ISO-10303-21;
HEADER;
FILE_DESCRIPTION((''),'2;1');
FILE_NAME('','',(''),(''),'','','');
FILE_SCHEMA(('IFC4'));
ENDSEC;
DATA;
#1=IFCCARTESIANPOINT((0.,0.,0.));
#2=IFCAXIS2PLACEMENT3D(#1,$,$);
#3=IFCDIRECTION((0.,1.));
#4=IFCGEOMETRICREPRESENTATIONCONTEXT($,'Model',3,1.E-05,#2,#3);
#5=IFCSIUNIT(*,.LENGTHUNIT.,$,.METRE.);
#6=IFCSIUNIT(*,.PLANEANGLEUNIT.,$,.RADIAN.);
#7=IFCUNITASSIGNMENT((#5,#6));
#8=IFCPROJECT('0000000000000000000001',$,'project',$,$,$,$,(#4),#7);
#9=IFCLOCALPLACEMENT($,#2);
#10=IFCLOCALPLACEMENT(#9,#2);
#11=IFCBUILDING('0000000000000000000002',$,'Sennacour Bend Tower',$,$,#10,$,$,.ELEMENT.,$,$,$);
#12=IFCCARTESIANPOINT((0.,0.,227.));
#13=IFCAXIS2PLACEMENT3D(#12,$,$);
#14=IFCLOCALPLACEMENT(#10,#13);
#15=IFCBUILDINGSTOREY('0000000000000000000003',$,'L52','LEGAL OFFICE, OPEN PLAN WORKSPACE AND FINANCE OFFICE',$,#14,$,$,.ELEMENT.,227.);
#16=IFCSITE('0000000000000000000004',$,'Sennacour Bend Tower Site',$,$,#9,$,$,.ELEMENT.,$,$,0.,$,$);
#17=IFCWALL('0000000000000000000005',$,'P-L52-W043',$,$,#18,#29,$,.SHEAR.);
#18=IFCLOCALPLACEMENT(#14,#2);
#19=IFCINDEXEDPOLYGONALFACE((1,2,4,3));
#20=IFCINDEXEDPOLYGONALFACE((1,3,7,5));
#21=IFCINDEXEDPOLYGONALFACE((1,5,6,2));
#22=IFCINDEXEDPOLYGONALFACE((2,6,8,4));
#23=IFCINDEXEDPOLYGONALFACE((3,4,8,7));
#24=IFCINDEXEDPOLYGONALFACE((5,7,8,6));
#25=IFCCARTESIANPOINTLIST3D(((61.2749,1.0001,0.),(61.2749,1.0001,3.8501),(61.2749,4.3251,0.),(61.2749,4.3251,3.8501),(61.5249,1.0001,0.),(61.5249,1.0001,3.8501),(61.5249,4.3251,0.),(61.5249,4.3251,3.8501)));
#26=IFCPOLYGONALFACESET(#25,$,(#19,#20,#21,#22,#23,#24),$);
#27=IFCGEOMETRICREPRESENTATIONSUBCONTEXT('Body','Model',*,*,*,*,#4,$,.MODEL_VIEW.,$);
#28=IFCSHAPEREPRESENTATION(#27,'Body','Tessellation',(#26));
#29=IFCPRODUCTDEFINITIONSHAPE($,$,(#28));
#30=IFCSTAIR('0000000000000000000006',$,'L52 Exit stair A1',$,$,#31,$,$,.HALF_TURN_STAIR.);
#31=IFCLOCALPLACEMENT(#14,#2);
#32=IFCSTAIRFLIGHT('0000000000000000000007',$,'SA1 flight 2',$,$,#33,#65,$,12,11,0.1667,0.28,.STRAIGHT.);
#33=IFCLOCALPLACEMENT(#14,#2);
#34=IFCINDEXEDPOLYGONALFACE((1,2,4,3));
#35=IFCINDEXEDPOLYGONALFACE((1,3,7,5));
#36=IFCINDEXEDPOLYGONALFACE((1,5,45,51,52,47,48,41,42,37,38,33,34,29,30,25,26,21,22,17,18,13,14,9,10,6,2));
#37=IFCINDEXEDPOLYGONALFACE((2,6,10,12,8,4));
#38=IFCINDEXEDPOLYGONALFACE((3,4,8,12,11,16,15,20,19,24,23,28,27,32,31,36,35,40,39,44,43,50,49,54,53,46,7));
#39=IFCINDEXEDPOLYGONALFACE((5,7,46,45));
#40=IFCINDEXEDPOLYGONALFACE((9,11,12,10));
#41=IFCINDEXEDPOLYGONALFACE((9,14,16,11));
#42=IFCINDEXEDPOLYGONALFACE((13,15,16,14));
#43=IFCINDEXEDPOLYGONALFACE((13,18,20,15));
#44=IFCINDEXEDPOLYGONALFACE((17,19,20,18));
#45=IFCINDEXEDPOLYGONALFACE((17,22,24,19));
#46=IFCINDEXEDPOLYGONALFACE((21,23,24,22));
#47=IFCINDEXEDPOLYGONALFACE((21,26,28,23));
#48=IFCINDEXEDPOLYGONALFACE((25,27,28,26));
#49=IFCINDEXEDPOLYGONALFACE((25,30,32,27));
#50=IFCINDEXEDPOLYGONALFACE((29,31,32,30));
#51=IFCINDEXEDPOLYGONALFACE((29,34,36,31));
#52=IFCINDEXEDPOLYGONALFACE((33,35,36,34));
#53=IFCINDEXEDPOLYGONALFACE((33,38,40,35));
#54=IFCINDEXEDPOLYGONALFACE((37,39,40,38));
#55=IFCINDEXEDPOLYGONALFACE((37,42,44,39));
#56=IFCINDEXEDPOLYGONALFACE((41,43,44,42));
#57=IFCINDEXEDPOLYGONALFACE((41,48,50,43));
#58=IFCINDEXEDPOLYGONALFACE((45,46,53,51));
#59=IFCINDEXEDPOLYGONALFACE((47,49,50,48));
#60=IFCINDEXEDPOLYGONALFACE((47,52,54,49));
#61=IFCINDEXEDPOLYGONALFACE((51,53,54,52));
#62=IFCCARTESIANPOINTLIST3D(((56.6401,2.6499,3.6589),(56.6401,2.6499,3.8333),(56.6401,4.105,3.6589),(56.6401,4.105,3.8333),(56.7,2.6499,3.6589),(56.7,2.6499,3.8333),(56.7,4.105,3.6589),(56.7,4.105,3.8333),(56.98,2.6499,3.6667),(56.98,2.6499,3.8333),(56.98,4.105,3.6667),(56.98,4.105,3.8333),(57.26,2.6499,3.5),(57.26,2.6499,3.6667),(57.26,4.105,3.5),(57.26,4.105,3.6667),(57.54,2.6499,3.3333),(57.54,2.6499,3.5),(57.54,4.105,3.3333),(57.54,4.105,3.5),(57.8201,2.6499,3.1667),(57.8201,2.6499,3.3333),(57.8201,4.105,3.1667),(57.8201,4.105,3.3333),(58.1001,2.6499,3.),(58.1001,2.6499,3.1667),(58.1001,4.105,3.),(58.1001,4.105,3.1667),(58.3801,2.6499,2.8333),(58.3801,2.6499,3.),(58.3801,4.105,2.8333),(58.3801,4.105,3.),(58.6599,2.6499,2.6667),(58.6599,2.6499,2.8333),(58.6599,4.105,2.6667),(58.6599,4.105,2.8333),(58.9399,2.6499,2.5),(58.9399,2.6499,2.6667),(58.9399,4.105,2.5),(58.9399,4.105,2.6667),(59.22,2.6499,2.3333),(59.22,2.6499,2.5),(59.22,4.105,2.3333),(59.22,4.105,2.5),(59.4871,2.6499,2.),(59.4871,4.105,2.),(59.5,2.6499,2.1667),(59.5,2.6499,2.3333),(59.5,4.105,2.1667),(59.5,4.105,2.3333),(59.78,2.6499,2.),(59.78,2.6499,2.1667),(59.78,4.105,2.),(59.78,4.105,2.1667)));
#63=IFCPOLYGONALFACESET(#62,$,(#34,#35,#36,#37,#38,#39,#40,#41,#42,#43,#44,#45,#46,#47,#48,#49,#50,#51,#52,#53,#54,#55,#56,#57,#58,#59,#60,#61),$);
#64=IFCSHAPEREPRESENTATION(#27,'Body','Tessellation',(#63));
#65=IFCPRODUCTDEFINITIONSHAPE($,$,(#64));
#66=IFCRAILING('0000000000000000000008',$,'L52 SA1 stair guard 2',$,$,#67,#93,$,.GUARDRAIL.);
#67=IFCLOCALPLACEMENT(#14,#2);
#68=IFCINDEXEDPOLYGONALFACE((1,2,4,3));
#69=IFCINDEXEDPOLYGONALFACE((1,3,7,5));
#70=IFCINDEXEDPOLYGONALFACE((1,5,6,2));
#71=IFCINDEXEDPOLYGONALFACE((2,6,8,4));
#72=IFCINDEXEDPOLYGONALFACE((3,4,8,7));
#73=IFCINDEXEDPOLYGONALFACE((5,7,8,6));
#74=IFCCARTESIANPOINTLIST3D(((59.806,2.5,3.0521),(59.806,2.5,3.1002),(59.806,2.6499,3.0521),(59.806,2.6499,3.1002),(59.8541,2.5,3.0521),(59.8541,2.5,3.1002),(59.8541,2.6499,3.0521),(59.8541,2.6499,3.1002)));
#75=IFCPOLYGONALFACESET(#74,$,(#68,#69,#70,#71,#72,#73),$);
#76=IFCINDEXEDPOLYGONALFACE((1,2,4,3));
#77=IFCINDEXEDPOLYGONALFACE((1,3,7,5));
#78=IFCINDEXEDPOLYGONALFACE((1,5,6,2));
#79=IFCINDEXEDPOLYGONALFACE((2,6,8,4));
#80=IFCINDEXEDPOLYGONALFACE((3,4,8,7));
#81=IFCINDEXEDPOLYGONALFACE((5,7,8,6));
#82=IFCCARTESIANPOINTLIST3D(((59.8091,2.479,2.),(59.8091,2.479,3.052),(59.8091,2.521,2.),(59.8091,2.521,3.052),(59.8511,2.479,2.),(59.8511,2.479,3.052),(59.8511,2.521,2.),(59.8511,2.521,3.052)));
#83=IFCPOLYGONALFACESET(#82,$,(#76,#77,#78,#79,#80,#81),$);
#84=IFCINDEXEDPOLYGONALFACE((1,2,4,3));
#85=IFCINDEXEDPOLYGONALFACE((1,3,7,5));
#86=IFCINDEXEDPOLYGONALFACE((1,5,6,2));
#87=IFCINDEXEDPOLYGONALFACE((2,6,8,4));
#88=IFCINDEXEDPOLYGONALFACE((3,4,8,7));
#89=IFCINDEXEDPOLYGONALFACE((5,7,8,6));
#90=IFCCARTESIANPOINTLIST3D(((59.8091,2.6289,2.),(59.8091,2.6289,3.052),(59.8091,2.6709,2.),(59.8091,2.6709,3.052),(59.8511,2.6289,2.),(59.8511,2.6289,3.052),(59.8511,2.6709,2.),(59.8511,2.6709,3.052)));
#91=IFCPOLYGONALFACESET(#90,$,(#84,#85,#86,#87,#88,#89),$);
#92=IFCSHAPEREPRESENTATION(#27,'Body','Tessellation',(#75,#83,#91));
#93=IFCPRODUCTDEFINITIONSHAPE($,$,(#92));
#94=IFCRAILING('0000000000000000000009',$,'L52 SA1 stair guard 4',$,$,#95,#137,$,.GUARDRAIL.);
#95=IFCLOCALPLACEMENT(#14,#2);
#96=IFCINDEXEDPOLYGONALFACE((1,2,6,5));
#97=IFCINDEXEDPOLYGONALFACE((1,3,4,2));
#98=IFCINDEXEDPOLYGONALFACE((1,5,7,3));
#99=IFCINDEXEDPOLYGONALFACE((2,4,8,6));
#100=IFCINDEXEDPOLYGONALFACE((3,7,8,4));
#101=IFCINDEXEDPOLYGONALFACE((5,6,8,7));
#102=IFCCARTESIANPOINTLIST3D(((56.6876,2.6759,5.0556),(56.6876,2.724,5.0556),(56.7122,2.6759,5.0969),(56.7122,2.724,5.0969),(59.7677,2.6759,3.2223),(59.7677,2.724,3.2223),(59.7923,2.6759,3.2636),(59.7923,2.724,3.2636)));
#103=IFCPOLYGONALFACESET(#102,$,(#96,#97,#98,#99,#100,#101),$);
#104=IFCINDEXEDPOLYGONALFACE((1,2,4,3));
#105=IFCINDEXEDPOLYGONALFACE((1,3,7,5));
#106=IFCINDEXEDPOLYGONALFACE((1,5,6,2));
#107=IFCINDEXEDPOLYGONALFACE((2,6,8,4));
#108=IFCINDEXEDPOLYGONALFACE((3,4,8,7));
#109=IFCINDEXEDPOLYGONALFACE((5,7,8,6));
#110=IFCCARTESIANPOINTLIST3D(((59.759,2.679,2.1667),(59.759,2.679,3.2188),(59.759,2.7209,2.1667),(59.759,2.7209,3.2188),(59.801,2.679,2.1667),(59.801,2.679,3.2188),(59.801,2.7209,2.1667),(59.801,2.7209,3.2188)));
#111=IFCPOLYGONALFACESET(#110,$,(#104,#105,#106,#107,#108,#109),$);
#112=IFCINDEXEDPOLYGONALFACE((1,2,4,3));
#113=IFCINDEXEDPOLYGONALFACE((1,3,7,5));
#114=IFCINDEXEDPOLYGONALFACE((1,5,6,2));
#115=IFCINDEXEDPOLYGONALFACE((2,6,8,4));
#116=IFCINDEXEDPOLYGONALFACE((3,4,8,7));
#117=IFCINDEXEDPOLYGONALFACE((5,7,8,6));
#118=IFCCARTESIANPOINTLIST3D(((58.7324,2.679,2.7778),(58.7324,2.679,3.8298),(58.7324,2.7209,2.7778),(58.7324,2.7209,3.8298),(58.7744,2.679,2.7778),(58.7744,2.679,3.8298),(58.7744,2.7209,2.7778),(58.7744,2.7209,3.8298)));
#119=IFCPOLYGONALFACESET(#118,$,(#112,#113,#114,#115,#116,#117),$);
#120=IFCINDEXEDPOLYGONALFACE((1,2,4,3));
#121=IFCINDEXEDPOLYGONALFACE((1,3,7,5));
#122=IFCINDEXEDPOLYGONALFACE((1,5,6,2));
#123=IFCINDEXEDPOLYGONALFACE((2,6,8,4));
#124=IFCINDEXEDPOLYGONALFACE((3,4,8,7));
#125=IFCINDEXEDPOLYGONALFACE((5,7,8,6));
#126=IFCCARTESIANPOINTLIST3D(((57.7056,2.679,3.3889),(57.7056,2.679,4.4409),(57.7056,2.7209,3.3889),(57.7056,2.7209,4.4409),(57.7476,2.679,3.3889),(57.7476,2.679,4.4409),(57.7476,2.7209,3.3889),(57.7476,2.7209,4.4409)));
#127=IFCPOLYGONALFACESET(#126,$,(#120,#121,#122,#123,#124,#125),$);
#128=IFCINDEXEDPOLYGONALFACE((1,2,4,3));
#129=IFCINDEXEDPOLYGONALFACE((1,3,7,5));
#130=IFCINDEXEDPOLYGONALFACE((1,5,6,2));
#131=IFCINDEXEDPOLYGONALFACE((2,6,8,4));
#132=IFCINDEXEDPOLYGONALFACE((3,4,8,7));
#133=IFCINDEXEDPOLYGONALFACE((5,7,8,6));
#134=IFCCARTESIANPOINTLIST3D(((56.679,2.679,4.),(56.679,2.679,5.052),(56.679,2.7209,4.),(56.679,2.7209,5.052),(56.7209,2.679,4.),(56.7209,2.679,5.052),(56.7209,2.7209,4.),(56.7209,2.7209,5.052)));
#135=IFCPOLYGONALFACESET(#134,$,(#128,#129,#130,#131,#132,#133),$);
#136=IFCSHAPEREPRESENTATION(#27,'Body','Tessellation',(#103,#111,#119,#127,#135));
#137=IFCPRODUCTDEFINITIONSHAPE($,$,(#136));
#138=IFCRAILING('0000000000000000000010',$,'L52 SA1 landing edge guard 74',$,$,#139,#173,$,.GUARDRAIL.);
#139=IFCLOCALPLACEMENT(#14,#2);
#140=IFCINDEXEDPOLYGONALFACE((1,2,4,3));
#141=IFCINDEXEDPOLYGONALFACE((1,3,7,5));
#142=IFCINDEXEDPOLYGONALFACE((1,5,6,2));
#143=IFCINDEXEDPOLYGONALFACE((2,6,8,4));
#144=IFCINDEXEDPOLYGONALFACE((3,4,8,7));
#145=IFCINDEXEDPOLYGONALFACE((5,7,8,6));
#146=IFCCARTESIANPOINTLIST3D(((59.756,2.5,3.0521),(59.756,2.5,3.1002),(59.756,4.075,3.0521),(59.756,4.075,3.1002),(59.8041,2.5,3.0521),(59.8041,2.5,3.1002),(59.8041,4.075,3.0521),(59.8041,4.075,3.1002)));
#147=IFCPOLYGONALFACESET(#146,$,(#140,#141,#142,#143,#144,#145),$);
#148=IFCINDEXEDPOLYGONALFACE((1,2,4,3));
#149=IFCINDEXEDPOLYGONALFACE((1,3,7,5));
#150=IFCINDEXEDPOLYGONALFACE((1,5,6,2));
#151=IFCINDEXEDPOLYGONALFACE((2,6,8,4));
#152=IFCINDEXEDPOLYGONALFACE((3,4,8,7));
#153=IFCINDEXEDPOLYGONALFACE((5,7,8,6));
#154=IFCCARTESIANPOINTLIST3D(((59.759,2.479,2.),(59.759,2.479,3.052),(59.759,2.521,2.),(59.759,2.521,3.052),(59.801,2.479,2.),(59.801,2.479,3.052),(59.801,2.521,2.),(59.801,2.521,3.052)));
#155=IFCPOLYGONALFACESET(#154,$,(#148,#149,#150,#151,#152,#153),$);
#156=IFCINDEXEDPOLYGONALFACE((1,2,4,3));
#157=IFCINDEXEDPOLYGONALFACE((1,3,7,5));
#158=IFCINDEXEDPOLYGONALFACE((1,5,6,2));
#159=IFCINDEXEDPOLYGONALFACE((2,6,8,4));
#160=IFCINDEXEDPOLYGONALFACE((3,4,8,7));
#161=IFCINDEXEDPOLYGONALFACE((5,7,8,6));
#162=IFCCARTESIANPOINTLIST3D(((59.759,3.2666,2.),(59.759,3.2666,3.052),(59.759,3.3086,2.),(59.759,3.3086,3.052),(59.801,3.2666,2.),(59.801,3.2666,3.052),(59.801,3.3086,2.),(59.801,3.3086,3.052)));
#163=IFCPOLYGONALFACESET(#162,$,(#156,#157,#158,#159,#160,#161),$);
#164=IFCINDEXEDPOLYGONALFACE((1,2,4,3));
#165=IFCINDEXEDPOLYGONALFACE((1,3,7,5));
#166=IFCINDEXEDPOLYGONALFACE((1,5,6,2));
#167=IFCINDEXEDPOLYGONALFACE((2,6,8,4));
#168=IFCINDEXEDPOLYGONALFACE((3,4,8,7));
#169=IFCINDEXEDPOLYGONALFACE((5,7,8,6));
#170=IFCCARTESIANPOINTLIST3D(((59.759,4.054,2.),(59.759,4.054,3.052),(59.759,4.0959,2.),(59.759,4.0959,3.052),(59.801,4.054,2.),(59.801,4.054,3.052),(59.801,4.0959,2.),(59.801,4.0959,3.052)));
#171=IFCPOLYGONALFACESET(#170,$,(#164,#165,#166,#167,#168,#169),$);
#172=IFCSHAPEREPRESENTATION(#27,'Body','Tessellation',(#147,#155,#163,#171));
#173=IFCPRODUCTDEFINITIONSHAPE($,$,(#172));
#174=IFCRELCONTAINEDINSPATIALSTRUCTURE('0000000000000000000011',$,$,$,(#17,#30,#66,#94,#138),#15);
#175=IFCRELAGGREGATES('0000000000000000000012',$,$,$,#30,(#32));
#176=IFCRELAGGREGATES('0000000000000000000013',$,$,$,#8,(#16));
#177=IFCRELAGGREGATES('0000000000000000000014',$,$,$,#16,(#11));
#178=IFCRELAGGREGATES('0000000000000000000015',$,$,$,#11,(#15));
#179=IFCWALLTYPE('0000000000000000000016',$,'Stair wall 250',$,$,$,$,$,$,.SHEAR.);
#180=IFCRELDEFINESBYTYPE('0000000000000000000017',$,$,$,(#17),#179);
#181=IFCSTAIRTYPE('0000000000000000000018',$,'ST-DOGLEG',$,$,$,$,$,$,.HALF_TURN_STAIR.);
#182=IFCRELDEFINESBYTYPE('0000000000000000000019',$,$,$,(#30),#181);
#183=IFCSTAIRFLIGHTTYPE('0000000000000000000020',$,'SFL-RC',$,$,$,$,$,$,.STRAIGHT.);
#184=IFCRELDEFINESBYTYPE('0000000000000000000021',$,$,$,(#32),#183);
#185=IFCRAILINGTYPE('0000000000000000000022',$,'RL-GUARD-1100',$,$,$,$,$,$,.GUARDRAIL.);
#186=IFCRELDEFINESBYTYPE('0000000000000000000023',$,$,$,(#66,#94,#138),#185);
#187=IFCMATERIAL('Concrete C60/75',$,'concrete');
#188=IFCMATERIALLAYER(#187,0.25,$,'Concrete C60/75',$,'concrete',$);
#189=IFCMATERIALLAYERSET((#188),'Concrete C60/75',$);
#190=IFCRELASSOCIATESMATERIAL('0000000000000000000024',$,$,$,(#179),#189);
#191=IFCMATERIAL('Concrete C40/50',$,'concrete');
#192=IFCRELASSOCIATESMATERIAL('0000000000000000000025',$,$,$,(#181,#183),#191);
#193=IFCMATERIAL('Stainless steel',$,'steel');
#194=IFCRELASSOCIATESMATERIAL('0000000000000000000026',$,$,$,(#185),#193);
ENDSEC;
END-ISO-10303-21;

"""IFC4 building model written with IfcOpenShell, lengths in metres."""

from ifc_helpers import new_model, si_unit, direction, frame, frame_2d, origin, origin_2d, place, context, subcontext, project, spatial, polyline, rectangle, outline, extrude, material, layer, layer_set, type_object, element, aggregate, save


model = new_model("IFC4")

# Units and contexts
model_context = context("Model", 3, precision=1e-05, world=origin(), true_north=direction((0.0, 1.0)))
body_context = subcontext(model_context, "Body", "Model", "MODEL_VIEW")
ifc_project = project(units=[si_unit("LENGTHUNIT", "METRE"), si_unit("PLANEANGLEUNIT", "RADIAN")], contexts=[model_context])

# Site, building, storey
site_placement = place(None, origin())
site = spatial("IfcSite", under=ifc_project, at=site_placement, Name="Sennacour Bend Tower Site", CompositionType="ELEMENT", RefElevation=0.0)
building_placement = place(site_placement, origin())
building = spatial("IfcBuilding", under=site, at=building_placement, Name="Sennacour Bend Tower", CompositionType="ELEMENT")
storey_placement = place(building_placement, frame((0.0, 0.0, 227.0)))
storey = spatial("IfcBuildingStorey", under=building, at=storey_placement, Name="L52", Description="LEGAL OFFICE, OPEN PLAN WORKSPACE AND FINANCE OFFICE", CompositionType="ELEMENT", Elevation=227.0)

# Shared definitions
ifc_material_1 = material(Name="Concrete C60/75", Category="concrete")

# Shared definitions
ifc_material_2 = material(Name="Stainless steel", Category="steel")

# Wall
ifc_layer_1 = layer(ifc_material_1, 0.25, Name="Concrete C60/75", Category="concrete")
ifc_layer_set_1 = layer_set([ifc_layer_1], Name="Concrete C60/75")
wall_type_1 = type_object("IfcWallType", Name="Stair wall 250", PredefinedType="SHEAR", material=ifc_layer_set_1)
wall_1_placement = place(storey_placement, frame((61.3999, 1.0, 0.0), z_axis=(0.0, 0.0, 1.0), x_axis=(0.0, 1.0, 0.0)))
element("IfcWall", 1, at=wall_1_placement, inside=storey, type_object=wall_type_1, Name="P-L52-W043", PredefinedType="SHEAR", context=body_context, shape_type="SweptSolid", body=[
    extrude(rectangle(XDim=3.325, YDim=0.25, at=frame_2d((1.6626, 0.0))), origin(), (0.0, 0.0, 1.0), 3.8501),
])

# Stair, stair flight
ifc_material_3 = material(Name="Concrete C40/50", Category="concrete")
stair_type = type_object("IfcStairType", Name="ST-DOGLEG", PredefinedType="HALF_TURN_STAIR", material=ifc_material_3)
stair_placement = place(storey_placement, origin())
stair = element("IfcStair", 2, at=stair_placement, inside=storey, type_object=stair_type, Name="L52 Exit stair A1", PredefinedType="HALF_TURN_STAIR")
stair_flight_type = type_object("IfcStairFlightType", Name="SFL-RC", PredefinedType="STRAIGHT", material=ifc_material_3)
stair_flight_placement = place(storey_placement, frame((59.78, 3.3774, 2.0), z_axis=(0.0, 0.0, 1.0), x_axis=(-1.0, 0.0, 0.0)))
stair_flight = element("IfcStairFlight", 3, at=stair_flight_placement, type_object=stair_flight_type, Name="SA1 flight 2", NumberOfRisers=12, NumberOfTreads=11, PredefinedType="STRAIGHT", RiserHeight=0.1667, TreadLength=0.28, context=body_context, shape_type="SweptSolid", body=[
    extrude(outline(polyline([(0.0, 0.0), (0.0, 0.1667), (0.28, 0.1667), (0.28, 0.3333), (0.5601, 0.3333), (0.5601, 0.5), (0.8401, 0.5), (0.8401, 0.6667), (1.1201, 0.6667), (1.1201, 0.8333), (1.3999, 0.8333), (1.3999, 1.0), (1.6799, 1.0), (1.6799, 1.1667), (1.96, 1.1667), (1.96, 1.3333), (2.24, 1.3333), (2.24, 1.5), (2.52, 1.5), (2.52, 1.6667), (2.8, 1.6667), (2.8, 1.8333), (3.0801, 1.8333), (3.1399, 1.8333), (3.1399, 1.6589), (3.0801, 1.6589), (0.293, 0.0), (0.0, 0.0)])), frame((0.0, 0.7275, 0.0), z_axis=(0.0, -1.0, 0.0), x_axis=(1.0, 0.0, 0.0)), (0.0, 0.0, 1.0), 1.4551),
])
aggregate(stair, [stair_flight])

# Railings
railing_type_1 = type_object("IfcRailingType", Name="RL-GUARD-1100", PredefinedType="GUARDRAIL", material=ifc_material_2)
railing_1_placement = place(storey_placement, frame((59.8301, 2.5, 2.0)))
element("IfcRailing", 4, at=railing_1_placement, inside=storey, type_object=railing_type_1, Name="L52 SA1 stair guard 2", PredefinedType="GUARDRAIL", context=body_context, shape_type="SweptSolid", body=[
    extrude(rectangle(XDim=0.0481, YDim=0.0481, at=origin_2d()), frame((0.0, 0.0, 1.0762), z_axis=(0.0, 1.0, 0.0), x_axis=(-1.0, 0.0, 0.0)), (0.0, 0.0, 1.0), 0.1499),
    extrude(rectangle(XDim=0.042, YDim=0.042, at=origin_2d()), origin(), (0.0, 0.0, 1.0), 1.052),
    extrude(rectangle(XDim=0.042, YDim=0.042, at=origin_2d()), frame((0.0, 0.1499, 0.0)), (0.0, 0.0, 1.0), 1.052),
])
railing_2_placement = place(storey_placement, frame((59.78, 2.7, 2.1667)))
element("IfcRailing", 5, at=railing_2_placement, inside=storey, type_object=railing_type_1, Name="L52 SA1 stair guard 4", PredefinedType="GUARDRAIL", context=body_context, shape_type="SweptSolid", body=[
    extrude(rectangle(XDim=0.0481, YDim=0.0481, at=origin_2d()), frame((0.0, 0.0, 1.0762), z_axis=(-0.859309, 0.0, 0.511458), x_axis=(0.0, -1.0, 0.0)), (0.0, 0.0, 1.0), 3.5845),
    extrude(rectangle(XDim=0.042, YDim=0.042, at=origin_2d()), origin(), (0.0, 0.0, 1.0), 1.052),
    extrude(rectangle(XDim=0.042, YDim=0.042, at=origin_2d()), frame((-1.0266, 0.0, 0.6111)), (0.0, 0.0, 1.0), 1.052),
    extrude(rectangle(XDim=0.042, YDim=0.042, at=origin_2d()), frame((-2.0535, 0.0, 1.2222)), (0.0, 0.0, 1.0), 1.052),
    extrude(rectangle(XDim=0.042, YDim=0.042, at=origin_2d()), frame((-3.0801, 0.0, 1.8333)), (0.0, 0.0, 1.0), 1.052),
])
railing_3_placement = place(storey_placement, frame((59.78, 2.5, 2.0)))
element("IfcRailing", 6, at=railing_3_placement, inside=storey, type_object=railing_type_1, Name="L52 SA1 landing edge guard 74", PredefinedType="GUARDRAIL", context=body_context, shape_type="SweptSolid", body=[
    extrude(rectangle(XDim=0.0481, YDim=0.0481, at=origin_2d()), frame((0.0, 0.0, 1.0762), z_axis=(0.0, 1.0, 0.0), x_axis=(-1.0, 0.0, 0.0)), (0.0, 0.0, 1.0), 1.575),
    extrude(rectangle(XDim=0.042, YDim=0.042, at=origin_2d()), origin(), (0.0, 0.0, 1.0), 1.052),
    extrude(rectangle(XDim=0.042, YDim=0.042, at=origin_2d()), frame((0.0, 0.7876, 0.0)), (0.0, 0.0, 1.0), 1.052),
    extrude(rectangle(XDim=0.042, YDim=0.042, at=origin_2d()), frame((0.0, 1.575, 0.0)), (0.0, 0.0, 1.0), 1.052),
])

save(model, "model.ifc")
